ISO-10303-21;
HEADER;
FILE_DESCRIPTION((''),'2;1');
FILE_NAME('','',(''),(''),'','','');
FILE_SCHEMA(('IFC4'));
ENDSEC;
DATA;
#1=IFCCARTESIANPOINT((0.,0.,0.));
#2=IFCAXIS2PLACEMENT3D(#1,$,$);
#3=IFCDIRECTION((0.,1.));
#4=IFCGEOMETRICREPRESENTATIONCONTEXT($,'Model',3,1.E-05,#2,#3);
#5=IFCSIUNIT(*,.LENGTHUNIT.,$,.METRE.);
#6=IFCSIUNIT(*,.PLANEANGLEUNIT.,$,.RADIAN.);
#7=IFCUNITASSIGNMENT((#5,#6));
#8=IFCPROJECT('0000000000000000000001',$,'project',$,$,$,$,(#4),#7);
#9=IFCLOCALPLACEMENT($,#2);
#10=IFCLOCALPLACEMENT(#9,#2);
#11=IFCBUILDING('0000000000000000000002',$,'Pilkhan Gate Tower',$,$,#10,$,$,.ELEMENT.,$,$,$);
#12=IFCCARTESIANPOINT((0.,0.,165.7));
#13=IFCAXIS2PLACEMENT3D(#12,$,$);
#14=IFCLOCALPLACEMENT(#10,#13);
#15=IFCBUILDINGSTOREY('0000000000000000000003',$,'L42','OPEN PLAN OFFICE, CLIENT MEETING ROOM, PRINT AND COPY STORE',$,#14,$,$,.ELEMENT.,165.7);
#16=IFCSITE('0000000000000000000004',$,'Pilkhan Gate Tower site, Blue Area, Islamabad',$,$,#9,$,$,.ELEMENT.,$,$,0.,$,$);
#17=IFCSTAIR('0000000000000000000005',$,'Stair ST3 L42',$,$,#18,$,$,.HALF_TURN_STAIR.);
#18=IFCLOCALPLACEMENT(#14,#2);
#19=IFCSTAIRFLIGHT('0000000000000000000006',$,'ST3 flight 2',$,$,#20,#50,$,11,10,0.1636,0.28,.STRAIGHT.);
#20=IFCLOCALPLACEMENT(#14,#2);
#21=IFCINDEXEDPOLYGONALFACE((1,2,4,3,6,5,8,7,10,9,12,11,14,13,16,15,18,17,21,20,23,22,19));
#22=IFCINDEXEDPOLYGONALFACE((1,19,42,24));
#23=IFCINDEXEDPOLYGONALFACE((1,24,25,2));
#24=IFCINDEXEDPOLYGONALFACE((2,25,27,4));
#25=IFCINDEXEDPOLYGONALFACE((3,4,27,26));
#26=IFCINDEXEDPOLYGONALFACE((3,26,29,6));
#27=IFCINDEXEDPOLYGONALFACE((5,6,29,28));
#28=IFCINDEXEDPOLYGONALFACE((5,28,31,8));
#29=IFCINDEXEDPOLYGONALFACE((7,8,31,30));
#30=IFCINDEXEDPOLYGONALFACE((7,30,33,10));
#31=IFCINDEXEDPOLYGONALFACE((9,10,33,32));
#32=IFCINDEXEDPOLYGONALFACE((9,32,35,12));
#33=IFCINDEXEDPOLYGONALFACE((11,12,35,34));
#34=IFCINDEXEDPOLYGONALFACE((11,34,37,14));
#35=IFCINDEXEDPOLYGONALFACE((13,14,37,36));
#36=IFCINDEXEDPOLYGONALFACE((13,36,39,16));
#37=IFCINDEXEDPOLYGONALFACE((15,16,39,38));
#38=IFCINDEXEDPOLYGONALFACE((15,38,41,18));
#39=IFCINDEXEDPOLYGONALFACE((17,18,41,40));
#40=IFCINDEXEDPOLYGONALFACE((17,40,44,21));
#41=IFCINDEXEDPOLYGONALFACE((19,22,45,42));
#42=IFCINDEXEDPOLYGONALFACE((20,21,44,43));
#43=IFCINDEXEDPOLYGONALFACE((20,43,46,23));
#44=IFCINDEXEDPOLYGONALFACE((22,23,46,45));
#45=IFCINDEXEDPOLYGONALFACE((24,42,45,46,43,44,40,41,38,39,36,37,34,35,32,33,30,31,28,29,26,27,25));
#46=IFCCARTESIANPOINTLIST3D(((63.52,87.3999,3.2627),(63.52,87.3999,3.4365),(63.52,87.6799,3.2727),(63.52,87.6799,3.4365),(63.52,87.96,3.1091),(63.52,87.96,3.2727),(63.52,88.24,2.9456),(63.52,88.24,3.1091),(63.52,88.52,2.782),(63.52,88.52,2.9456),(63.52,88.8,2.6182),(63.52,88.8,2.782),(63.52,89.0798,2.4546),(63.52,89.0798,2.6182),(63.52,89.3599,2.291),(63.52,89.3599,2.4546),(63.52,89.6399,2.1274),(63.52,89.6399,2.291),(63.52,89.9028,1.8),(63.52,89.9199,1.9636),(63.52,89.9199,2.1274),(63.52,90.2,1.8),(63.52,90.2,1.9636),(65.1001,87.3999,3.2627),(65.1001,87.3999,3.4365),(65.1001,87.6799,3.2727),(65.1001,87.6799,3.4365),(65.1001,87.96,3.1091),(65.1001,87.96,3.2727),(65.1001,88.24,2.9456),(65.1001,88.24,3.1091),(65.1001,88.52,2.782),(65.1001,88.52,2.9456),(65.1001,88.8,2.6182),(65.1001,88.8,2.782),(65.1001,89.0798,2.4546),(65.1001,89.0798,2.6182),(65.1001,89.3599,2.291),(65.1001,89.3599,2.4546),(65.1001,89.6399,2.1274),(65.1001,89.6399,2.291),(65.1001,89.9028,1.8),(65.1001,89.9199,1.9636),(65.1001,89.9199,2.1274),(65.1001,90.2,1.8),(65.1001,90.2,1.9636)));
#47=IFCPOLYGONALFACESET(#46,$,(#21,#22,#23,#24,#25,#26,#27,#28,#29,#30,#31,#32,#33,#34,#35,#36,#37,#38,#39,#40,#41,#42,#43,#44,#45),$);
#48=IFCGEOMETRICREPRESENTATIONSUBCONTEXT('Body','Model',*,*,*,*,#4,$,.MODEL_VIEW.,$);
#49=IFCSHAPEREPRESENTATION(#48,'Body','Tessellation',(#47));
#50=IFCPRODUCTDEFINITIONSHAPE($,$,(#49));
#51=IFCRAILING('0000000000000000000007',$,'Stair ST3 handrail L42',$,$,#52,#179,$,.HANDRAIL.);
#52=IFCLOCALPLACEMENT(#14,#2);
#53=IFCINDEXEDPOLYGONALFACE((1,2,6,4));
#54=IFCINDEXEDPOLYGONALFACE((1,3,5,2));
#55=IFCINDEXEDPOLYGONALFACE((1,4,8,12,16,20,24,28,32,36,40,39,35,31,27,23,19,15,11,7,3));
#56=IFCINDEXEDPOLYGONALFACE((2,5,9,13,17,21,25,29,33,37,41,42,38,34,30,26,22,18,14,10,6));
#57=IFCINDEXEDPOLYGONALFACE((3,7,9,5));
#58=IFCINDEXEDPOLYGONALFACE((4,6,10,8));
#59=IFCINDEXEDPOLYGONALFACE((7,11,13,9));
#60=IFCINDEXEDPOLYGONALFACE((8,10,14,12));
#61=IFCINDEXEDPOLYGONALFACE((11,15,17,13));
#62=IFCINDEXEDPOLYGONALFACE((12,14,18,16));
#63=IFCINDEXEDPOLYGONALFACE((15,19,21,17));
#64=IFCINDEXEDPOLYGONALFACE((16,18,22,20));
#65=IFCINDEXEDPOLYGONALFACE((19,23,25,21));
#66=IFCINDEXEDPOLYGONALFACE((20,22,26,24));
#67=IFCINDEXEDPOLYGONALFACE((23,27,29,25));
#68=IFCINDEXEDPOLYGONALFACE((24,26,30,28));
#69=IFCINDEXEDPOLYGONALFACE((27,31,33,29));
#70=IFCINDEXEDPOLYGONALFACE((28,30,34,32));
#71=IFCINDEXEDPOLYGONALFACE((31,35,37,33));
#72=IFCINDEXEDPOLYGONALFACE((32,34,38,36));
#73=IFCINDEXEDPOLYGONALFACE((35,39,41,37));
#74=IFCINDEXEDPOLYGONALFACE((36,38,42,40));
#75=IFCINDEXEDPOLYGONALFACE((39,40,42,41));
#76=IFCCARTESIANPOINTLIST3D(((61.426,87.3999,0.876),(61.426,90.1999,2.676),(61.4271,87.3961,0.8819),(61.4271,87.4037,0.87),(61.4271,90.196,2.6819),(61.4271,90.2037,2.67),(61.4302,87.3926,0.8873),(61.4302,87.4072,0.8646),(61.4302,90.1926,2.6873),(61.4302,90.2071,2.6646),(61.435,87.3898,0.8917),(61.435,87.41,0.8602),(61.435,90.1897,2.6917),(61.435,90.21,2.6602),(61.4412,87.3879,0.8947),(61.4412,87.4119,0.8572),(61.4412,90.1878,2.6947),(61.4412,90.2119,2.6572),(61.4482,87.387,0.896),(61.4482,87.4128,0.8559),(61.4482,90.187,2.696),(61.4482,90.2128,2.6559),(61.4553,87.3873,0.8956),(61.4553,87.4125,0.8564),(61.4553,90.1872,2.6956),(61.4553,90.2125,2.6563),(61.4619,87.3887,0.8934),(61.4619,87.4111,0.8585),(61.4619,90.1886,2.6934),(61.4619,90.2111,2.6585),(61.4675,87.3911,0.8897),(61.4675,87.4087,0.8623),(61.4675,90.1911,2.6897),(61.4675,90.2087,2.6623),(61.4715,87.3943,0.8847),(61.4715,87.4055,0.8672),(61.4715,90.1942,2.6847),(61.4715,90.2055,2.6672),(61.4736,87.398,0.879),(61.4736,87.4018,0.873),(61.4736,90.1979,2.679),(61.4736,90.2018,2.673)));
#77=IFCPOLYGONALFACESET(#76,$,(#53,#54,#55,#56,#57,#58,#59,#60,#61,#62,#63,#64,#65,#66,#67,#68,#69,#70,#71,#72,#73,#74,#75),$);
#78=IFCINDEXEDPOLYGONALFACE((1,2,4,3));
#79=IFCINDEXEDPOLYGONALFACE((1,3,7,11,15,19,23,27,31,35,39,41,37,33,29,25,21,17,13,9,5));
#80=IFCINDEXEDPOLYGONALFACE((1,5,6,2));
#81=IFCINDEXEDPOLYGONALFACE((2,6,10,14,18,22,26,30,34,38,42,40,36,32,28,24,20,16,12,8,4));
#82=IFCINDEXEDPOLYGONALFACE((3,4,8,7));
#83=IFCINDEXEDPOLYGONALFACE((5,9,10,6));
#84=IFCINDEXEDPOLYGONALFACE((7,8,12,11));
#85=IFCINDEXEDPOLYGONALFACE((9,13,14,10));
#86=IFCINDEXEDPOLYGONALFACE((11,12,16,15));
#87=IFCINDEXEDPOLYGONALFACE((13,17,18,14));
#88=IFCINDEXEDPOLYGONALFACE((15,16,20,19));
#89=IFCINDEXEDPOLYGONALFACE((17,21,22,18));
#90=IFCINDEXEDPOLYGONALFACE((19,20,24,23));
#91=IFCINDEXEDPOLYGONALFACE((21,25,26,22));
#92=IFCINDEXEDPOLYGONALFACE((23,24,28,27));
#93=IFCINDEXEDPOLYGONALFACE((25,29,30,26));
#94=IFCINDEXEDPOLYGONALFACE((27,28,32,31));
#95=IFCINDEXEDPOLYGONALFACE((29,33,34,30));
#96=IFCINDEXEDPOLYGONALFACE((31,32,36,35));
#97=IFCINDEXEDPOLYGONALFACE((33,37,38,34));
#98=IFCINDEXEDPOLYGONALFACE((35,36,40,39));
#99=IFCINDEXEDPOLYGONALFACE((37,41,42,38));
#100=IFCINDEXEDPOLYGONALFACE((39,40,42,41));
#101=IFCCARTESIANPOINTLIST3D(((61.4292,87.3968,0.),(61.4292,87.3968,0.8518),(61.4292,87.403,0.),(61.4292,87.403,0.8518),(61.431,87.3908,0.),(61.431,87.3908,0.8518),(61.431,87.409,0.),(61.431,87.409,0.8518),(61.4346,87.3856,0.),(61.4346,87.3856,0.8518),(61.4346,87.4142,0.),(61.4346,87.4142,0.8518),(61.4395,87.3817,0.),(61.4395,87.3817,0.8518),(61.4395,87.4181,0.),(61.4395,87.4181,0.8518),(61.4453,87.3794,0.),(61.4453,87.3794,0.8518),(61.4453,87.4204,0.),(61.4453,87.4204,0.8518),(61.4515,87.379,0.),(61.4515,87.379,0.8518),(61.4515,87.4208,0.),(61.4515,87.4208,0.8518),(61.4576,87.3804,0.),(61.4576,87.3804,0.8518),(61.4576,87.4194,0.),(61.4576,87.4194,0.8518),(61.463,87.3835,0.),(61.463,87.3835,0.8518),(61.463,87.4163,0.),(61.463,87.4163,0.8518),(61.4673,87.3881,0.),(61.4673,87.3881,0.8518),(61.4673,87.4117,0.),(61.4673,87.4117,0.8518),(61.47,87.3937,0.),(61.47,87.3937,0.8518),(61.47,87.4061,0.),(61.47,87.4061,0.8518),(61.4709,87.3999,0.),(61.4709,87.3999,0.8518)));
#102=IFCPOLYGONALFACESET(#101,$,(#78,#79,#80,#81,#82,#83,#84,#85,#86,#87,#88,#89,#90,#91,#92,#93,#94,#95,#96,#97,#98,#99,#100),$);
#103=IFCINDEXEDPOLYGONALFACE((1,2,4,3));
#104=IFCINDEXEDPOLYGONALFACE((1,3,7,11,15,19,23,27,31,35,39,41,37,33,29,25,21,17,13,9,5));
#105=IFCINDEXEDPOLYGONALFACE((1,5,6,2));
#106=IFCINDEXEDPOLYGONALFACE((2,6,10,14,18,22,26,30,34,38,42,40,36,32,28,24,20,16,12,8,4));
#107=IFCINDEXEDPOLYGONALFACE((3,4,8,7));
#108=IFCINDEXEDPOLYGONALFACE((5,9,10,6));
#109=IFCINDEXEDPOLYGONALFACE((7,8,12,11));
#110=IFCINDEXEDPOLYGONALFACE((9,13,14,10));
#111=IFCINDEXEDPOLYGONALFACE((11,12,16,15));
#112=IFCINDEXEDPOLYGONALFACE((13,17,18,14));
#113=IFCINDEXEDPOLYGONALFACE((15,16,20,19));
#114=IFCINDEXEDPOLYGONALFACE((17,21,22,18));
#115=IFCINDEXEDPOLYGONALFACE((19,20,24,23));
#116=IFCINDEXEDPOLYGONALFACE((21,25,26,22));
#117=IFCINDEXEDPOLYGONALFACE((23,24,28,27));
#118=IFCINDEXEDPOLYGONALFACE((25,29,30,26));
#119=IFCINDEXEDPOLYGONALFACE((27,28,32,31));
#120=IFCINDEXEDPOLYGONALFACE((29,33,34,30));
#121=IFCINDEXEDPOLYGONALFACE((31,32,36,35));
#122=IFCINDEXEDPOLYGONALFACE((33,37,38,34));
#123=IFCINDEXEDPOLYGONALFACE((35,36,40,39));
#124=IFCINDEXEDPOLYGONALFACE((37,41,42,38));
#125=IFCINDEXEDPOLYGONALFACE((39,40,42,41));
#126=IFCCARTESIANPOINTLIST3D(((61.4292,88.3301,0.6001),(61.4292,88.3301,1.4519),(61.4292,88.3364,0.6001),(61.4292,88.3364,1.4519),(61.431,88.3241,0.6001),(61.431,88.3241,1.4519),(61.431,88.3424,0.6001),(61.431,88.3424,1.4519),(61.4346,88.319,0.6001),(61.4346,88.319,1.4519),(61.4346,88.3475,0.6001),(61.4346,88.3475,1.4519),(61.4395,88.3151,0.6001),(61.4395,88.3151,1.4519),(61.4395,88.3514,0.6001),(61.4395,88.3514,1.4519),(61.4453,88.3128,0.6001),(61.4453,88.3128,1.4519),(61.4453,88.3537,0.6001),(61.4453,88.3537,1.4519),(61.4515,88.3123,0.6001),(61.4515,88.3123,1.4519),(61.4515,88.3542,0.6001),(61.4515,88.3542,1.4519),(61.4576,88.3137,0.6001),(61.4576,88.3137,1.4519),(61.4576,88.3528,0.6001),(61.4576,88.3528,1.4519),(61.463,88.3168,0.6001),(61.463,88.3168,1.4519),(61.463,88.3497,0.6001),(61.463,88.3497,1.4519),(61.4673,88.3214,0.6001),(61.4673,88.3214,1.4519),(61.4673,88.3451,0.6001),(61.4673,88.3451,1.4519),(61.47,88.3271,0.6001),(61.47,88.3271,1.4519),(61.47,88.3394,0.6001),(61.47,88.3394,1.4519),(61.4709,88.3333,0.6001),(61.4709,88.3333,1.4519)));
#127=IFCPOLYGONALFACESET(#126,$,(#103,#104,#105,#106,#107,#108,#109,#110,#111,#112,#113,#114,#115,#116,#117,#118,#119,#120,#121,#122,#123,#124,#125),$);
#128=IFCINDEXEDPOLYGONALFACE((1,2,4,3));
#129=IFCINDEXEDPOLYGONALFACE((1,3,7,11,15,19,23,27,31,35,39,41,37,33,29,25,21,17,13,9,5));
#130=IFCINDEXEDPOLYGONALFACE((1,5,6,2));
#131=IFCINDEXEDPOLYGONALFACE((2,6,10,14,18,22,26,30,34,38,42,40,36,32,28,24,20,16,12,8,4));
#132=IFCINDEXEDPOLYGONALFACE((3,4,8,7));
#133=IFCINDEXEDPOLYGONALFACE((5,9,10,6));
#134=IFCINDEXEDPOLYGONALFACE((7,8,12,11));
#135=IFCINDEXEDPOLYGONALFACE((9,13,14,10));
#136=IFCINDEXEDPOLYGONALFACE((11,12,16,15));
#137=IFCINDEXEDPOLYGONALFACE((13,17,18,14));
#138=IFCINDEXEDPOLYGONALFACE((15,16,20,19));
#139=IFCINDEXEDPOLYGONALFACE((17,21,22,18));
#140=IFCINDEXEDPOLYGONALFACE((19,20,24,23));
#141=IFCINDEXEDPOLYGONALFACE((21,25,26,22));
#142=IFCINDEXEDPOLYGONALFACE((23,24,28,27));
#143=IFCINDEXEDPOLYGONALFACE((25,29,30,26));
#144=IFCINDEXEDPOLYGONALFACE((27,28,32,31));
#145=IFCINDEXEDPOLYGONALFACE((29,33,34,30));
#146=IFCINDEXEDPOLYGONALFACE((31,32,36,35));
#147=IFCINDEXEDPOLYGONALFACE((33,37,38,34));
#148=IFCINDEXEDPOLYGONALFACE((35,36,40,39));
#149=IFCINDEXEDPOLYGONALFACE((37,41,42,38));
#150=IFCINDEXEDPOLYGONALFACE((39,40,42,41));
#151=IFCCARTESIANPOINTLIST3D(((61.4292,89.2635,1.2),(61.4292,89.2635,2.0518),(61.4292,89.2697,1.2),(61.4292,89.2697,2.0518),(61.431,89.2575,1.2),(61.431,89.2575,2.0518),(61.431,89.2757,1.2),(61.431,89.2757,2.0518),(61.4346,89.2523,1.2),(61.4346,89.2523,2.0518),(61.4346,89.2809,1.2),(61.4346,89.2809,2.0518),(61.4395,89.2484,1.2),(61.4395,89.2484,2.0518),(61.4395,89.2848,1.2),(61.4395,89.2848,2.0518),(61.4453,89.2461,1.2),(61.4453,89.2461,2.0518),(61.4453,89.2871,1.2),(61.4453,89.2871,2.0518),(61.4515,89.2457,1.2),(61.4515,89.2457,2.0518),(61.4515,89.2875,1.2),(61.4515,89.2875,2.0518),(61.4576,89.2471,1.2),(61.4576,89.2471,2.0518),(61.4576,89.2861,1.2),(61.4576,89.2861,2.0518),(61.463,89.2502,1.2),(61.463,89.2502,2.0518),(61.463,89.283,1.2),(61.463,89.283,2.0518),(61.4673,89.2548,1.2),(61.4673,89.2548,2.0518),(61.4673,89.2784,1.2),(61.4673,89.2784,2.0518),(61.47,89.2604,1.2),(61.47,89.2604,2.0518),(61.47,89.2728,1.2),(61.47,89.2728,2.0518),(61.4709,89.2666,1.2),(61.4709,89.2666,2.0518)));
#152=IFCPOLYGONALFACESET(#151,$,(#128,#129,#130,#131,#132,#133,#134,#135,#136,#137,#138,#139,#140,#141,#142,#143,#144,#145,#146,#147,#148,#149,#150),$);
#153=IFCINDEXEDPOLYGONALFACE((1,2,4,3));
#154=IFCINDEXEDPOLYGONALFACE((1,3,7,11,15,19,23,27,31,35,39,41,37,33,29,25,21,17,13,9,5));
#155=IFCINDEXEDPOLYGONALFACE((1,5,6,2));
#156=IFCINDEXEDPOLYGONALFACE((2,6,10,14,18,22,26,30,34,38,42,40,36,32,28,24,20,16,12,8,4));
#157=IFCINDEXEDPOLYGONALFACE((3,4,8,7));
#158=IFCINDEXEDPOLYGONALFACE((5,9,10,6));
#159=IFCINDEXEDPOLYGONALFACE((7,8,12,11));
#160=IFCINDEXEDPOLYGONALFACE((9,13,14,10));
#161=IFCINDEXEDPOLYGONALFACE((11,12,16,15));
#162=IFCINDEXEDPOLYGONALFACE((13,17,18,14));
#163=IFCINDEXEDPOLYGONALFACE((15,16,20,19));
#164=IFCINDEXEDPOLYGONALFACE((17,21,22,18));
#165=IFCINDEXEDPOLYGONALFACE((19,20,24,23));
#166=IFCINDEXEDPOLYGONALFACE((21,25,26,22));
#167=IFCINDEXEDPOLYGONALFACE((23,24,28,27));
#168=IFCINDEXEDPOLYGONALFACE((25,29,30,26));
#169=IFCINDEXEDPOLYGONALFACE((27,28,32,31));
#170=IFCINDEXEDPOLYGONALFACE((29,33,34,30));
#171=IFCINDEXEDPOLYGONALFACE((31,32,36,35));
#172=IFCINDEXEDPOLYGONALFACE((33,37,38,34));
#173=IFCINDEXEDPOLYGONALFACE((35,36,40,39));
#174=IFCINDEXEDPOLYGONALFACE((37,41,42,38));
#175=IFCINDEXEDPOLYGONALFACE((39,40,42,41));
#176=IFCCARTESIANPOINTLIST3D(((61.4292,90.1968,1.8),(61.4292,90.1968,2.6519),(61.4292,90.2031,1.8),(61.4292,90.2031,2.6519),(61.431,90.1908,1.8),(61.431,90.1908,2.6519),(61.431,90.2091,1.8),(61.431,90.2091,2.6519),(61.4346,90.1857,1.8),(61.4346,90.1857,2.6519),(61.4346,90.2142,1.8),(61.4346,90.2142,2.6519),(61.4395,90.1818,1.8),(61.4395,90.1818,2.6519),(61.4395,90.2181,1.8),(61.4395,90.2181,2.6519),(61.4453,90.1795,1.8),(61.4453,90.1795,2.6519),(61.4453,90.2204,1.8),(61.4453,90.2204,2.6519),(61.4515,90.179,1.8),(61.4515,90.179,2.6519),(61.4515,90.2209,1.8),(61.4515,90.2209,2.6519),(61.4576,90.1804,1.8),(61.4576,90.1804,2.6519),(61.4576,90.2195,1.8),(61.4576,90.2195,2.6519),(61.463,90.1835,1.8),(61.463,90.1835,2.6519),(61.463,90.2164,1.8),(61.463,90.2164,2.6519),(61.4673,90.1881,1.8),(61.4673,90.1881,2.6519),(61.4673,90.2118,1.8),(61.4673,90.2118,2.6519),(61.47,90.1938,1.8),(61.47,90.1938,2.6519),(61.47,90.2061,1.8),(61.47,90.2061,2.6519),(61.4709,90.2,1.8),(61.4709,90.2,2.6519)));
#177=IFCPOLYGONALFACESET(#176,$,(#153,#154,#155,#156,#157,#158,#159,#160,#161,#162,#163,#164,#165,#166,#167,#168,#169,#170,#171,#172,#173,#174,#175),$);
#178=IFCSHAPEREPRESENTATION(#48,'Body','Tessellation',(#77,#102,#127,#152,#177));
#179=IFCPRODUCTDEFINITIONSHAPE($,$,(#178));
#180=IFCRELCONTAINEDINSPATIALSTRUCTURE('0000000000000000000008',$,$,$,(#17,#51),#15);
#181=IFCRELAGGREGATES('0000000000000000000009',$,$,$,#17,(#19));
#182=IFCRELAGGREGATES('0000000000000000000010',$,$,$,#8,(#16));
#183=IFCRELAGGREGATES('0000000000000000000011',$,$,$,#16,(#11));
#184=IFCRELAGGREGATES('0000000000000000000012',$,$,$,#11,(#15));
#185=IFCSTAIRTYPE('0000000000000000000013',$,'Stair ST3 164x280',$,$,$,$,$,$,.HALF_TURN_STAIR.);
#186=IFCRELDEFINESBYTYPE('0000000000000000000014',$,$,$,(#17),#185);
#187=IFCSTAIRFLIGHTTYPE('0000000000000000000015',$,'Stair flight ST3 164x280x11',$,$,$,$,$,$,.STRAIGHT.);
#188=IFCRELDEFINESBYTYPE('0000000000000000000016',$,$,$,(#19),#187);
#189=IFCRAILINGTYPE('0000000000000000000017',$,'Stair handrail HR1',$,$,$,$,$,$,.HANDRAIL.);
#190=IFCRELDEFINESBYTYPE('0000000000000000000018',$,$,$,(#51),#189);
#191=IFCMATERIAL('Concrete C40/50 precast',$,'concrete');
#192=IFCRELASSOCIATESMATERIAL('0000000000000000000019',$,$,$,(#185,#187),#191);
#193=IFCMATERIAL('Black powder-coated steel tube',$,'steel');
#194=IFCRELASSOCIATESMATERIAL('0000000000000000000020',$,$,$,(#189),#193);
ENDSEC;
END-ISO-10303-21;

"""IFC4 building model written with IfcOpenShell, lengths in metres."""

from ifc_helpers import new_model, si_unit, direction, frame, origin, origin_2d, place, context, subcontext, project, spatial, polyline, circle, outline, extrude, material, type_object, element, aggregate, save


model = new_model("IFC4")

# Units and contexts
model_context = context("Model", 3, precision=1e-05, world=origin(), true_north=direction((0.0, 1.0)))
body_context = subcontext(model_context, "Body", "Model", "MODEL_VIEW")
ifc_project = project(units=[si_unit("LENGTHUNIT", "METRE"), si_unit("PLANEANGLEUNIT", "RADIAN")], contexts=[model_context])

# Site, building, storey
site_placement = place(None, origin())
site = spatial("IfcSite", under=ifc_project, at=site_placement, Name="Pilkhan Gate Tower site, Blue Area, Islamabad", CompositionType="ELEMENT", RefElevation=0.0)
building_placement = place(site_placement, origin())
building = spatial("IfcBuilding", under=site, at=building_placement, Name="Pilkhan Gate Tower", CompositionType="ELEMENT")
storey_placement = place(building_placement, frame((0.0, 0.0, 165.7)))
storey = spatial("IfcBuildingStorey", under=building, at=storey_placement, Name="L42", Description="OPEN PLAN OFFICE, CLIENT MEETING ROOM, PRINT AND COPY STORE", CompositionType="ELEMENT", Elevation=165.7)

# Stair, stair flight
ifc_material_1 = material(Name="Concrete C40/50 precast", Category="concrete")
stair_type = type_object("IfcStairType", Name="Stair ST3 164x280", PredefinedType="HALF_TURN_STAIR", material=ifc_material_1)
stair_placement = place(storey_placement, origin())
stair = element("IfcStair", 1, at=stair_placement, inside=storey, type_object=stair_type, Name="Stair ST3 L42", PredefinedType="HALF_TURN_STAIR")
stair_flight_type = type_object("IfcStairFlightType", Name="Stair flight ST3 164x280x11", PredefinedType="STRAIGHT", material=ifc_material_1)
stair_flight_1_placement = place(storey_placement, frame((64.3101, 90.2, 1.8), z_axis=(0.0, 0.0, 1.0), x_axis=(0.0, -1.0, 0.0)))
stair_flight_1 = element("IfcStairFlight", 2, at=stair_flight_1_placement, type_object=stair_flight_type, Name="ST3 flight 2", NumberOfRisers=11, NumberOfTreads=10, PredefinedType="STRAIGHT", RiserHeight=0.1636, TreadLength=0.28, context=body_context, shape_type="SweptSolid", body=[
    extrude(outline(polyline([(0.0, 0.0), (0.0, 0.1636), (0.28, 0.1636), (0.28, 0.3274), (0.5601, 0.3274), (0.5601, 0.491), (0.8401, 0.491), (0.8401, 0.6545), (1.1201, 0.6545), (1.1201, 0.8181), (1.3999, 0.8181), (1.3999, 0.9819), (1.6799, 0.9819), (1.6799, 1.1455), (1.96, 1.1455), (1.96, 1.3091), (2.24, 1.3091), (2.24, 1.4727), (2.52, 1.4727), (2.52, 1.6365), (2.8, 1.6365), (2.8, 1.8), (2.8, 1.4626), (0.2971, 0.0), (0.0, 0.0)])), frame((0.0, 0.79, 0.0), z_axis=(0.0, -1.0, 0.0), x_axis=(1.0, 0.0, 0.0)), (0.0, 0.0, 1.0), 1.5801),
])
aggregate(stair, [stair_flight_1])

# Railing
ifc_material_2 = material(Name="Black powder-coated steel tube", Category="steel")
railing_type_1 = type_object("IfcRailingType", Name="Stair handrail HR1", PredefinedType="HANDRAIL", material=ifc_material_2)
railing_1_placement = place(storey_placement, frame((61.45, 87.3999, 0.0)))
element("IfcRailing", 3, at=railing_1_placement, inside=storey, type_object=railing_type_1, Name="Stair ST3 handrail L42", PredefinedType="HANDRAIL", context=body_context, shape_type="SweptSolid", body=[
    extrude(circle(Radius=0.0239, at=origin_2d()), frame((0.0, 0.0, 0.876), z_axis=(0.0, 0.841176, 0.540761), x_axis=(-1.0, 0.0, 0.0)), (0.0, 0.0, 1.0), 3.3286),
    extrude(circle(Radius=0.021, at=origin_2d()), origin(), (0.0, 0.0, 1.0), 0.8518),
    extrude(circle(Radius=0.021, at=origin_2d()), frame((0.0, 0.9333, 0.6001)), (0.0, 0.0, 1.0), 0.8518),
    extrude(circle(Radius=0.021, at=origin_2d()), frame((0.0, 1.8667, 1.2)), (0.0, 0.0, 1.0), 0.8518),
    extrude(circle(Radius=0.021, at=origin_2d()), frame((0.0, 2.8, 1.8)), (0.0, 0.0, 1.0), 0.8518),
])

save(model, "model.ifc")
